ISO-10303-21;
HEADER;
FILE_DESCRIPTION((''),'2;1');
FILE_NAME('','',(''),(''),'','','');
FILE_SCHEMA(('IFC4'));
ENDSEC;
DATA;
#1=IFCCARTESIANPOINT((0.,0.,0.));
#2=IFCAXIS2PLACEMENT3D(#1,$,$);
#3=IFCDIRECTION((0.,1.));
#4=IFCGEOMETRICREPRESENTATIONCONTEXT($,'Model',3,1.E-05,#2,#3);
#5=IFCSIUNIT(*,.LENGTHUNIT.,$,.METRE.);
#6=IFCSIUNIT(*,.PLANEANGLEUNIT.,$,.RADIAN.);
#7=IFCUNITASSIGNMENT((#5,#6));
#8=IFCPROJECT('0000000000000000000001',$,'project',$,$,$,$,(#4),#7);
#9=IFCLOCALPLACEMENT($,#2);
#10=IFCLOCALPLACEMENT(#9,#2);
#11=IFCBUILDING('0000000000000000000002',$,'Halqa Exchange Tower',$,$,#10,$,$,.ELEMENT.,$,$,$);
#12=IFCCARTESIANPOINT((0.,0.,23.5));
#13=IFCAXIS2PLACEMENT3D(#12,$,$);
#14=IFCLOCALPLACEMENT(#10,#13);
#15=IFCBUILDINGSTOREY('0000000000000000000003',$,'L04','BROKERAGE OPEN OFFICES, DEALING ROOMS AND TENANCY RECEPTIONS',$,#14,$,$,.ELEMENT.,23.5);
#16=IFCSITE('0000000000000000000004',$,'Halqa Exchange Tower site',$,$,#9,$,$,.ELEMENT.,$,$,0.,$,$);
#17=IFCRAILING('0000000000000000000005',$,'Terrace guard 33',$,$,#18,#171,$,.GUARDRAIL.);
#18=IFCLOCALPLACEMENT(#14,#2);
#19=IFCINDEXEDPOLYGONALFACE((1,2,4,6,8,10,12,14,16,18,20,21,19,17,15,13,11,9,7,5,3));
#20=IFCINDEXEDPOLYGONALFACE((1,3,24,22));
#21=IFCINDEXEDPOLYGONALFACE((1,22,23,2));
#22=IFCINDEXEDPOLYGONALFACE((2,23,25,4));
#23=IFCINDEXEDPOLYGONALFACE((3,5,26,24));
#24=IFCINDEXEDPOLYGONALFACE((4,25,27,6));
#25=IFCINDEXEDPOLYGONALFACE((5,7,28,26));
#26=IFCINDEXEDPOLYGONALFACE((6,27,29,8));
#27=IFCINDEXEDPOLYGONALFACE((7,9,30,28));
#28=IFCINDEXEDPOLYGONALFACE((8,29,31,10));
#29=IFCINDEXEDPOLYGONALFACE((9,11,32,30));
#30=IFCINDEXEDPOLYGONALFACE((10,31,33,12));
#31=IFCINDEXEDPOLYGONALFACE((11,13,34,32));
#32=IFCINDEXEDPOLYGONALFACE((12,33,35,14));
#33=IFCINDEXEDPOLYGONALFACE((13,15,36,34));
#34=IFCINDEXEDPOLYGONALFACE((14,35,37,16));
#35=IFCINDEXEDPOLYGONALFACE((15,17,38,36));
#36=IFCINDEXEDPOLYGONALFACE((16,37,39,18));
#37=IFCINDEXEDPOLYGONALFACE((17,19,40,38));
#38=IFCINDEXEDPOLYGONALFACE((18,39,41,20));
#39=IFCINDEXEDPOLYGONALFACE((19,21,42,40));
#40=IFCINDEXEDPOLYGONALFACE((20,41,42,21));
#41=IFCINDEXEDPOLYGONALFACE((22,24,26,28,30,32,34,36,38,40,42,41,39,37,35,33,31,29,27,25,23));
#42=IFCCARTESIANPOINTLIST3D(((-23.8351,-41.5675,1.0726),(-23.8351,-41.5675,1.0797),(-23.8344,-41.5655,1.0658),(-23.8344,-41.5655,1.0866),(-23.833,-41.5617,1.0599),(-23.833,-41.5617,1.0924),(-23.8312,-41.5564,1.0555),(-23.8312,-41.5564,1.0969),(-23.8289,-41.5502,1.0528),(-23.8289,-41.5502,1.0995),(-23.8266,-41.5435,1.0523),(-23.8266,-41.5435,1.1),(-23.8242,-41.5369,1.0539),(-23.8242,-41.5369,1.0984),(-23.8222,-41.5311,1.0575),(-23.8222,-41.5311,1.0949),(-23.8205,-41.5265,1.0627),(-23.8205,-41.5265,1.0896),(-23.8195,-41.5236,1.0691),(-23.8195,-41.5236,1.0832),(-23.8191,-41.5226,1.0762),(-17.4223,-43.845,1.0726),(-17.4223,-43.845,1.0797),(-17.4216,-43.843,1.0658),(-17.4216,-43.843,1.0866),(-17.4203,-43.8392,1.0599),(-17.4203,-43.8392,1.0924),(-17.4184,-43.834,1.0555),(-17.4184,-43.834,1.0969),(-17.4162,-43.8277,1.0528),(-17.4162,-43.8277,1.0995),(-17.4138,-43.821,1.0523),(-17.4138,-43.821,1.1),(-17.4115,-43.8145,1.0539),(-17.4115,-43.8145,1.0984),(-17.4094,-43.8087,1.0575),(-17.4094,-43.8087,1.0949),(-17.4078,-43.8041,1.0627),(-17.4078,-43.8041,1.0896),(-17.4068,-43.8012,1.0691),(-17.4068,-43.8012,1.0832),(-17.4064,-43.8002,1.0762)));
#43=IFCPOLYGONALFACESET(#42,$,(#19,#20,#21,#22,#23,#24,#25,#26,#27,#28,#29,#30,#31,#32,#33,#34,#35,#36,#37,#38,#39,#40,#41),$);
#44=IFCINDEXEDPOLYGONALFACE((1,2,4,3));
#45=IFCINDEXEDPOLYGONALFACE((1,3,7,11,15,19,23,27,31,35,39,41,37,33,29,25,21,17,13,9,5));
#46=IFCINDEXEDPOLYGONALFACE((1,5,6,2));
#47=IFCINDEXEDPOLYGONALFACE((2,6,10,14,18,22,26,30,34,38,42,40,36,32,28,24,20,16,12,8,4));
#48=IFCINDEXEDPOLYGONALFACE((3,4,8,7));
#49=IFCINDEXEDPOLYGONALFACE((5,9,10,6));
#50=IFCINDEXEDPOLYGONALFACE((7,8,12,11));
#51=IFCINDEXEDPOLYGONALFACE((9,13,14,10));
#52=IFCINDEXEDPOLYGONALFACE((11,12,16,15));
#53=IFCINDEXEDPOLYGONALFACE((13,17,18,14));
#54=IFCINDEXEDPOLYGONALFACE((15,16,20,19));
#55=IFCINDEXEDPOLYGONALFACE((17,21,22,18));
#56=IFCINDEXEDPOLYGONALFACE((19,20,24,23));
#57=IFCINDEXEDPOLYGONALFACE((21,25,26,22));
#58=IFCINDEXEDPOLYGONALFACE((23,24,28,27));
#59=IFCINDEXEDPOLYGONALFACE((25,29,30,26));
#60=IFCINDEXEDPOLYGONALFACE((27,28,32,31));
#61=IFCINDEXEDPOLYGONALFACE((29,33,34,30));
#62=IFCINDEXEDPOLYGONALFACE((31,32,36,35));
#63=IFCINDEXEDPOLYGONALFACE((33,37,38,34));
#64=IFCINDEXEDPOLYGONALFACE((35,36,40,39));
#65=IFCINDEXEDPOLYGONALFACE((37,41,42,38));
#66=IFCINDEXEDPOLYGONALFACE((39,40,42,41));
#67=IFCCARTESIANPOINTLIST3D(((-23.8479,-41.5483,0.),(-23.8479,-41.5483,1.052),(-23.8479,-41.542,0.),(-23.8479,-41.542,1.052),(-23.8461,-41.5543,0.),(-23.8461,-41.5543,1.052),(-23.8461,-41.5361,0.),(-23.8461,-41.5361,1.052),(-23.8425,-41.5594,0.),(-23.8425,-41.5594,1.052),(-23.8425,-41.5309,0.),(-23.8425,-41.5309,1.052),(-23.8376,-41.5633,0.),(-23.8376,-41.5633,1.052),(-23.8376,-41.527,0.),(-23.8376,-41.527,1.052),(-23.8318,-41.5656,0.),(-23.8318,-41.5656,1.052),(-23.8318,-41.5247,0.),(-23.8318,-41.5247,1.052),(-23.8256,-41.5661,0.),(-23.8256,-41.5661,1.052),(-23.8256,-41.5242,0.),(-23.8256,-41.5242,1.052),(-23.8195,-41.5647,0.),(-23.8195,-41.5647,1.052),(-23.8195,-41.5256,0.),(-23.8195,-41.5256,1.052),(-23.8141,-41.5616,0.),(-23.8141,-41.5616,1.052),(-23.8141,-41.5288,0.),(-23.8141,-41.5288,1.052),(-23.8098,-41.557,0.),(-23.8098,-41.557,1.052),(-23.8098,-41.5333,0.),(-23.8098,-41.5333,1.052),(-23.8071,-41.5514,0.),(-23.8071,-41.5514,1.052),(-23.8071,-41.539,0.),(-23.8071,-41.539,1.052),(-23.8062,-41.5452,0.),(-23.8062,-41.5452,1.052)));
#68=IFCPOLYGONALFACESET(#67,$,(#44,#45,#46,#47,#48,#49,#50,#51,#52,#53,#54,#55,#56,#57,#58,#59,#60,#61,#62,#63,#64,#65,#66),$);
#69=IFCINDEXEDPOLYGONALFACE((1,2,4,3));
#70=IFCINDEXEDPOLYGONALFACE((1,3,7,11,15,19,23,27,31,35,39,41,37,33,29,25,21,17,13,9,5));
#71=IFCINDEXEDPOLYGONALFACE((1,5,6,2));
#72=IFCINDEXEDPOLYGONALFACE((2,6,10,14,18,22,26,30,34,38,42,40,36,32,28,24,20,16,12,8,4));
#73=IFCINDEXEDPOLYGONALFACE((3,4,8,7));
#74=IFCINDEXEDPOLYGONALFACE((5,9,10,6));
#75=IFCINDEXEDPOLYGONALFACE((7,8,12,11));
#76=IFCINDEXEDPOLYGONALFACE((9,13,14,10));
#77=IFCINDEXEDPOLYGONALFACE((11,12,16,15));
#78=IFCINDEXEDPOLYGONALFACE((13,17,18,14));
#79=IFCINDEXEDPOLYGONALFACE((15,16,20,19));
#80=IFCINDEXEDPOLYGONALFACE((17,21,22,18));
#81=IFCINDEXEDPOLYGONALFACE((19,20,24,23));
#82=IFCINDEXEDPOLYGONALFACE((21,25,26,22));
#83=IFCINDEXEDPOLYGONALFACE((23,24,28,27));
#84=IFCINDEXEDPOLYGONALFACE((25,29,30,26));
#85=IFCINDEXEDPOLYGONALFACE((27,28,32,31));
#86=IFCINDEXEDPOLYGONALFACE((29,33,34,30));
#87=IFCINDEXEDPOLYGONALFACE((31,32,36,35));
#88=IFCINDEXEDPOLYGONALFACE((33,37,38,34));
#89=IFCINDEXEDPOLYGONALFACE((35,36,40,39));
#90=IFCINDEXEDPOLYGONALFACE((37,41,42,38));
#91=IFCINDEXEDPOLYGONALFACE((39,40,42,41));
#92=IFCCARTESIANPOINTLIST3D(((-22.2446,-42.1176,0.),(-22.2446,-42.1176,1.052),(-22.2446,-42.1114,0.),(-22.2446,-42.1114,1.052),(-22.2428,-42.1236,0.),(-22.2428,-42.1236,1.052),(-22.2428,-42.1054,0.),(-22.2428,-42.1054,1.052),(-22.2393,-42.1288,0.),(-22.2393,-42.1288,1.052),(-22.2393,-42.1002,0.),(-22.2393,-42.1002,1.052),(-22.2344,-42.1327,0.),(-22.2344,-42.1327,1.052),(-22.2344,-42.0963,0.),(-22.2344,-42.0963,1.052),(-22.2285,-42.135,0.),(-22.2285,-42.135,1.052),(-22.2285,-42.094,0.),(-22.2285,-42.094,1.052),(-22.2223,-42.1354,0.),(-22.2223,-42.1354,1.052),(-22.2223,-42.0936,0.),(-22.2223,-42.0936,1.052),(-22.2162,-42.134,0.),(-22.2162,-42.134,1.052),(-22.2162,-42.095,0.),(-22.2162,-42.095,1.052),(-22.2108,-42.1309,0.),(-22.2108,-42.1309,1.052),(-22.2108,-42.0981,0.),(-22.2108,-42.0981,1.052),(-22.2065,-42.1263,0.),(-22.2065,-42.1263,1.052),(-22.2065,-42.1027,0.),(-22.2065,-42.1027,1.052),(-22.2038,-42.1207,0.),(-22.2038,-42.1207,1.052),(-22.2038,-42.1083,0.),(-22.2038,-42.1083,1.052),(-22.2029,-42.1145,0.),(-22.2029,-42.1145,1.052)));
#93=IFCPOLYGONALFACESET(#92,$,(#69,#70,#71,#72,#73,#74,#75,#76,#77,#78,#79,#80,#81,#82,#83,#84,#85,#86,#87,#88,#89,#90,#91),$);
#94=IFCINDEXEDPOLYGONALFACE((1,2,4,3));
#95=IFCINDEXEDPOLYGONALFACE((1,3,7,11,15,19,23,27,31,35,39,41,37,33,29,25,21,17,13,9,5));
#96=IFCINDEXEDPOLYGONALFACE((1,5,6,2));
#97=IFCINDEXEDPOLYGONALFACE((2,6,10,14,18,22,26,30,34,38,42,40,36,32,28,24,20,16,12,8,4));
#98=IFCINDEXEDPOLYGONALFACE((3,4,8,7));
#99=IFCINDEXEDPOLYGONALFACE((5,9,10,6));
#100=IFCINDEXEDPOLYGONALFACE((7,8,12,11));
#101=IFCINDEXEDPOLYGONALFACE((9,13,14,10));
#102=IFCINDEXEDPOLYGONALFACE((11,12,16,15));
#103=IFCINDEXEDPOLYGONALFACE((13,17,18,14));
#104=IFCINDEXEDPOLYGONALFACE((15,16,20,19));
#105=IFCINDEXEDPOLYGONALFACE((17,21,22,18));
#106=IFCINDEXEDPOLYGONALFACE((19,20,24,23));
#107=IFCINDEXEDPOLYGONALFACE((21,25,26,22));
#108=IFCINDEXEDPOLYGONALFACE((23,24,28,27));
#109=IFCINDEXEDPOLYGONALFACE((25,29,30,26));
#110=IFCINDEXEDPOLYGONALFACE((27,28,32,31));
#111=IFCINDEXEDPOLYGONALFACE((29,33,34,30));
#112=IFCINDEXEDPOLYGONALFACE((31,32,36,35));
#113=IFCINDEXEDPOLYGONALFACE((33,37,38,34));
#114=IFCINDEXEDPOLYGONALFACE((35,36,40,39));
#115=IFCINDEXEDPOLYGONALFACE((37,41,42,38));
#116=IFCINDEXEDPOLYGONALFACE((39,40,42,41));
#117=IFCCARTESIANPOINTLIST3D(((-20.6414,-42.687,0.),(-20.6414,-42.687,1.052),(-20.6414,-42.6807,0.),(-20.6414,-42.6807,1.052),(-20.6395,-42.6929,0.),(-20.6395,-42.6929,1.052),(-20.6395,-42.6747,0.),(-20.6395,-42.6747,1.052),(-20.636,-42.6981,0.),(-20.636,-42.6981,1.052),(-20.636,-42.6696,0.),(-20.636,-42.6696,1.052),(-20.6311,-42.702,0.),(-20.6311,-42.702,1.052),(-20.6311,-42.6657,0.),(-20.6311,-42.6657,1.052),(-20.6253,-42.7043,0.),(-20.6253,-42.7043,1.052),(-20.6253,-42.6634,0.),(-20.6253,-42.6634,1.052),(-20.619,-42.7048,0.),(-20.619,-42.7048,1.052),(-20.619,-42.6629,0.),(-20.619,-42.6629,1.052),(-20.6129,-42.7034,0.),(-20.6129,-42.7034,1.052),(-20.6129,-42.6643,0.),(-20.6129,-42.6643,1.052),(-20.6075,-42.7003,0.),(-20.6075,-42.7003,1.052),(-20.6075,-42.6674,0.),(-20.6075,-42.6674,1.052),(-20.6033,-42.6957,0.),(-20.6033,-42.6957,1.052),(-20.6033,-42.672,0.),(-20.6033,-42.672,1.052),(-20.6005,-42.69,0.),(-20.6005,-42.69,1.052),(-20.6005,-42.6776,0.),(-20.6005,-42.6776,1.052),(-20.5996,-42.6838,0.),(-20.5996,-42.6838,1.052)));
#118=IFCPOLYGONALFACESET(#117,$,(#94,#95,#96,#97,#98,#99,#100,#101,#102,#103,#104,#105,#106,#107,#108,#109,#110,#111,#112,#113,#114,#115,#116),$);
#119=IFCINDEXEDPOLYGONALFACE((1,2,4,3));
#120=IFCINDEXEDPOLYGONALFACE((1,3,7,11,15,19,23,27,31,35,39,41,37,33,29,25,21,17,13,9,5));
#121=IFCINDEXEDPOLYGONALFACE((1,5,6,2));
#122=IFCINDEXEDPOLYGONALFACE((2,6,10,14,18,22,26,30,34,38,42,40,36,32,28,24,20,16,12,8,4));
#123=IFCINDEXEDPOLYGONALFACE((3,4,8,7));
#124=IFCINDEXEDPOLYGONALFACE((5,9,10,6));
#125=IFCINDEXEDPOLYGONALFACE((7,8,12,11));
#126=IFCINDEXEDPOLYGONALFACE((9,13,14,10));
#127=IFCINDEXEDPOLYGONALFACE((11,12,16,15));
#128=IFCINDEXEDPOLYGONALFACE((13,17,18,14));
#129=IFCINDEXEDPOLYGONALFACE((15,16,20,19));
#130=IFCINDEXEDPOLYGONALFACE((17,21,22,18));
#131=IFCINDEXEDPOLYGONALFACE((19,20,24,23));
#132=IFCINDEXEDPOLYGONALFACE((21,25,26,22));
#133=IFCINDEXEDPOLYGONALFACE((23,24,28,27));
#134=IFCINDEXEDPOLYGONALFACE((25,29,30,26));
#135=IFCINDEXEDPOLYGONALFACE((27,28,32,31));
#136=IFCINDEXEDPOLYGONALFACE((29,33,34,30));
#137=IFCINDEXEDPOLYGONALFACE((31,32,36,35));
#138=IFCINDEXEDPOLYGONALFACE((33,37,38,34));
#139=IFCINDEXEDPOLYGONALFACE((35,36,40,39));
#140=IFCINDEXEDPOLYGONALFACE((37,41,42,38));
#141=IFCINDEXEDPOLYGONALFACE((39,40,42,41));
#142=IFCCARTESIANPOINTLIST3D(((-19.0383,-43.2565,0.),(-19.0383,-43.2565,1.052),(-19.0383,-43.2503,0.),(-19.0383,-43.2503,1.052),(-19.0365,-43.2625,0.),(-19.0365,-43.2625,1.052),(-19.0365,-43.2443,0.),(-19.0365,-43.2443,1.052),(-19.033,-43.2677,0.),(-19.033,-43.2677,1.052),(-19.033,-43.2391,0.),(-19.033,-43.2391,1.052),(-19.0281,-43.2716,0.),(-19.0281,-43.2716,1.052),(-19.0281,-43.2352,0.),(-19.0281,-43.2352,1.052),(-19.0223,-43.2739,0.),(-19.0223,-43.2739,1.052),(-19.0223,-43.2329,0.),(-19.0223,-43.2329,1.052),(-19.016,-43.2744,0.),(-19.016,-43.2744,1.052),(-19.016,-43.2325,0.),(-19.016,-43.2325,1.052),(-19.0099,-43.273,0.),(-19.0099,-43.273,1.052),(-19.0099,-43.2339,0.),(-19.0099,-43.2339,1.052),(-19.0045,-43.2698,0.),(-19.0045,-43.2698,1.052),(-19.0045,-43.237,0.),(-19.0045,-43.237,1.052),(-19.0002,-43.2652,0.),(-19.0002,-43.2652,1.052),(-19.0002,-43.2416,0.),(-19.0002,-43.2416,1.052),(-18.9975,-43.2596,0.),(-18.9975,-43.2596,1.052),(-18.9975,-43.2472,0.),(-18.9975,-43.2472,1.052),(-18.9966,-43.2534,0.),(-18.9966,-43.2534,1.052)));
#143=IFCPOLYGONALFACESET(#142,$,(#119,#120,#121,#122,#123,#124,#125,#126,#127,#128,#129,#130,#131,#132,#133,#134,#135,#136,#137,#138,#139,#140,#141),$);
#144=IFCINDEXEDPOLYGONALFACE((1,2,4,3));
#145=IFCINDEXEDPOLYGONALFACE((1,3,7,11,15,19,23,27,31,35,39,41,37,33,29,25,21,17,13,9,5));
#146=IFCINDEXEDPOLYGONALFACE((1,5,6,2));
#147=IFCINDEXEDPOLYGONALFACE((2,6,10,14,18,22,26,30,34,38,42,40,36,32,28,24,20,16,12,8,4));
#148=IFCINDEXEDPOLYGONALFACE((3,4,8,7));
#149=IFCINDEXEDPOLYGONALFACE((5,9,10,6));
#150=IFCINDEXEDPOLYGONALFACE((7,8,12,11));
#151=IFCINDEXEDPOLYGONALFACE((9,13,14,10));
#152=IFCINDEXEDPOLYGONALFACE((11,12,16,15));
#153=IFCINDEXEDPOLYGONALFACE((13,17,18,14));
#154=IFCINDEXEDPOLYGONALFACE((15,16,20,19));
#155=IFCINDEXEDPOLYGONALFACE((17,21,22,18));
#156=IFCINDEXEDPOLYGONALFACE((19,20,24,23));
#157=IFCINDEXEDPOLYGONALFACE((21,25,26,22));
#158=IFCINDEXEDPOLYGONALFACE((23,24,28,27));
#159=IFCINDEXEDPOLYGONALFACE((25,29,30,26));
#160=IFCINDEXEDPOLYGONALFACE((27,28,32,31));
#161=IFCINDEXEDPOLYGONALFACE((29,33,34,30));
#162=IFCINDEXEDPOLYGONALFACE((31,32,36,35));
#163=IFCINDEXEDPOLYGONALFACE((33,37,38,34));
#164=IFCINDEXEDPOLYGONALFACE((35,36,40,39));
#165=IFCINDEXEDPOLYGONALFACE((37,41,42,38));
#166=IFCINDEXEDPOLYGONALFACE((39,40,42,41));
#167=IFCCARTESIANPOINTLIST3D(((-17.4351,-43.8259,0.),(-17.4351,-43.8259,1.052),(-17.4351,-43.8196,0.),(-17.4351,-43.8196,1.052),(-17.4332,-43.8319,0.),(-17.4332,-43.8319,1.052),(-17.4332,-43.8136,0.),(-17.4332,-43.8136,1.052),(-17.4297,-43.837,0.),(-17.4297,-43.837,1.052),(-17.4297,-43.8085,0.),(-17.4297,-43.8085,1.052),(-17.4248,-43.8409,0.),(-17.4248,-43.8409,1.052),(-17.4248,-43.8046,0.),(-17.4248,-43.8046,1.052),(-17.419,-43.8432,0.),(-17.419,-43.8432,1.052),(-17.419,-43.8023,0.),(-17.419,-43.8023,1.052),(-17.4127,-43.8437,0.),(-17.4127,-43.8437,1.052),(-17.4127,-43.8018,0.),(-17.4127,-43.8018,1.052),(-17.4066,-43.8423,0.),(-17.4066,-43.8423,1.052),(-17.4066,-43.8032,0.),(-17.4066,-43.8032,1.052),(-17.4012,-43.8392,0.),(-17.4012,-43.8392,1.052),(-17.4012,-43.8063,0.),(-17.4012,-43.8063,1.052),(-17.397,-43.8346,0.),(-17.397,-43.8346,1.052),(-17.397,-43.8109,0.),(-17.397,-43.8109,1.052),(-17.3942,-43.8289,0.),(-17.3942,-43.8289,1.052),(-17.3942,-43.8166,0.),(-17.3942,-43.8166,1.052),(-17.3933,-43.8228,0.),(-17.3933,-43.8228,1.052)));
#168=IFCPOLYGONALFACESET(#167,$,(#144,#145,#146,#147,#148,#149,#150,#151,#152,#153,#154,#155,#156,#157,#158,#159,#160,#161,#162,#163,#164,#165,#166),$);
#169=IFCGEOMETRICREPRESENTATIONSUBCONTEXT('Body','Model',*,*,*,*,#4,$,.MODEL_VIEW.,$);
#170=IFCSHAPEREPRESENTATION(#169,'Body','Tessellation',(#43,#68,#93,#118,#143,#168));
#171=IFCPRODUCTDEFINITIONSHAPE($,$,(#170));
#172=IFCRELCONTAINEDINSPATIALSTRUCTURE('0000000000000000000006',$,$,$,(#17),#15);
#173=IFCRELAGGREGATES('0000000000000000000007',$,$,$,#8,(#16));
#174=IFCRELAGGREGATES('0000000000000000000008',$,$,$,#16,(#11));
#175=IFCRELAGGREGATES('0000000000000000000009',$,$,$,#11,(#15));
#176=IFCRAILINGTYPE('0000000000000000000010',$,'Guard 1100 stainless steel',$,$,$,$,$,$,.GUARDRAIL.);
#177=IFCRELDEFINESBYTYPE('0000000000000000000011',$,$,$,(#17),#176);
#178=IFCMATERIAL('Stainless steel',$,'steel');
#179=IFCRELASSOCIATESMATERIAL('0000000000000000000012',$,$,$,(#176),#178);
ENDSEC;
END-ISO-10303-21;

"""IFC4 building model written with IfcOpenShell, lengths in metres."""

from ifc_helpers import new_model, si_unit, direction, frame, origin, origin_2d, place, context, subcontext, project, spatial, circle, extrude, material, type_object, element, save


model = new_model("IFC4")

# Units and contexts
model_context = context("Model", 3, precision=1e-05, world=origin(), true_north=direction((0.0, 1.0)))
body_context = subcontext(model_context, "Body", "Model", "MODEL_VIEW")
ifc_project = project(units=[si_unit("LENGTHUNIT", "METRE"), si_unit("PLANEANGLEUNIT", "RADIAN")], contexts=[model_context])

# Site, building, storey
site_placement = place(None, origin())
site = spatial("IfcSite", under=ifc_project, at=site_placement, Name="Halqa Exchange Tower site", CompositionType="ELEMENT", RefElevation=0.0)
building_placement = place(site_placement, origin())
building = spatial("IfcBuilding", under=site, at=building_placement, Name="Halqa Exchange Tower", CompositionType="ELEMENT")
storey_placement = place(building_placement, frame((0.0, 0.0, 23.5)))
storey = spatial("IfcBuildingStorey", under=building, at=storey_placement, Name="L04", Description="BROKERAGE OPEN OFFICES, DEALING ROOMS AND TENANCY RECEPTIONS", CompositionType="ELEMENT", Elevation=23.5)

# Railing
ifc_material_1 = material(Name="Stainless steel", Category="steel")
railing_type = type_object("IfcRailingType", Name="Guard 1100 stainless steel", PredefinedType="GUARDRAIL", material=ifc_material_1)
railing_1_placement = place(storey_placement, frame((-23.8271, -41.5452, 0.0)))
element("IfcRailing", 1, at=railing_1_placement, inside=storey, type_object=railing_type, Name="Terrace guard 33", PredefinedType="GUARDRAIL", context=body_context, shape_type="SweptSolid", body=[
    extrude(circle(Radius=0.0239, at=origin_2d()), frame((0.0, 0.0, 1.0762), z_axis=(0.942332, -0.334679, 0.0), x_axis=(0.334679, 0.942332, 0.0)), (0.0, 0.0, 1.0), 6.8052),
    extrude(circle(Radius=0.021, at=origin_2d()), origin(), (0.0, 0.0, 1.0), 1.052),
    extrude(circle(Radius=0.021, at=origin_2d()), frame((1.6033, -0.5693, 0.0)), (0.0, 0.0, 1.0), 1.052),
    extrude(circle(Radius=0.021, at=origin_2d()), frame((3.2065, -1.1387, 0.0)), (0.0, 0.0, 1.0), 1.052),
    extrude(circle(Radius=0.021, at=origin_2d()), frame((4.8096, -1.7083, 0.0)), (0.0, 0.0, 1.0), 1.052),
    extrude(circle(Radius=0.021, at=origin_2d()), frame((6.4128, -2.2776, 0.0)), (0.0, 0.0, 1.0), 1.052),
])

save(model, "model.ifc")
